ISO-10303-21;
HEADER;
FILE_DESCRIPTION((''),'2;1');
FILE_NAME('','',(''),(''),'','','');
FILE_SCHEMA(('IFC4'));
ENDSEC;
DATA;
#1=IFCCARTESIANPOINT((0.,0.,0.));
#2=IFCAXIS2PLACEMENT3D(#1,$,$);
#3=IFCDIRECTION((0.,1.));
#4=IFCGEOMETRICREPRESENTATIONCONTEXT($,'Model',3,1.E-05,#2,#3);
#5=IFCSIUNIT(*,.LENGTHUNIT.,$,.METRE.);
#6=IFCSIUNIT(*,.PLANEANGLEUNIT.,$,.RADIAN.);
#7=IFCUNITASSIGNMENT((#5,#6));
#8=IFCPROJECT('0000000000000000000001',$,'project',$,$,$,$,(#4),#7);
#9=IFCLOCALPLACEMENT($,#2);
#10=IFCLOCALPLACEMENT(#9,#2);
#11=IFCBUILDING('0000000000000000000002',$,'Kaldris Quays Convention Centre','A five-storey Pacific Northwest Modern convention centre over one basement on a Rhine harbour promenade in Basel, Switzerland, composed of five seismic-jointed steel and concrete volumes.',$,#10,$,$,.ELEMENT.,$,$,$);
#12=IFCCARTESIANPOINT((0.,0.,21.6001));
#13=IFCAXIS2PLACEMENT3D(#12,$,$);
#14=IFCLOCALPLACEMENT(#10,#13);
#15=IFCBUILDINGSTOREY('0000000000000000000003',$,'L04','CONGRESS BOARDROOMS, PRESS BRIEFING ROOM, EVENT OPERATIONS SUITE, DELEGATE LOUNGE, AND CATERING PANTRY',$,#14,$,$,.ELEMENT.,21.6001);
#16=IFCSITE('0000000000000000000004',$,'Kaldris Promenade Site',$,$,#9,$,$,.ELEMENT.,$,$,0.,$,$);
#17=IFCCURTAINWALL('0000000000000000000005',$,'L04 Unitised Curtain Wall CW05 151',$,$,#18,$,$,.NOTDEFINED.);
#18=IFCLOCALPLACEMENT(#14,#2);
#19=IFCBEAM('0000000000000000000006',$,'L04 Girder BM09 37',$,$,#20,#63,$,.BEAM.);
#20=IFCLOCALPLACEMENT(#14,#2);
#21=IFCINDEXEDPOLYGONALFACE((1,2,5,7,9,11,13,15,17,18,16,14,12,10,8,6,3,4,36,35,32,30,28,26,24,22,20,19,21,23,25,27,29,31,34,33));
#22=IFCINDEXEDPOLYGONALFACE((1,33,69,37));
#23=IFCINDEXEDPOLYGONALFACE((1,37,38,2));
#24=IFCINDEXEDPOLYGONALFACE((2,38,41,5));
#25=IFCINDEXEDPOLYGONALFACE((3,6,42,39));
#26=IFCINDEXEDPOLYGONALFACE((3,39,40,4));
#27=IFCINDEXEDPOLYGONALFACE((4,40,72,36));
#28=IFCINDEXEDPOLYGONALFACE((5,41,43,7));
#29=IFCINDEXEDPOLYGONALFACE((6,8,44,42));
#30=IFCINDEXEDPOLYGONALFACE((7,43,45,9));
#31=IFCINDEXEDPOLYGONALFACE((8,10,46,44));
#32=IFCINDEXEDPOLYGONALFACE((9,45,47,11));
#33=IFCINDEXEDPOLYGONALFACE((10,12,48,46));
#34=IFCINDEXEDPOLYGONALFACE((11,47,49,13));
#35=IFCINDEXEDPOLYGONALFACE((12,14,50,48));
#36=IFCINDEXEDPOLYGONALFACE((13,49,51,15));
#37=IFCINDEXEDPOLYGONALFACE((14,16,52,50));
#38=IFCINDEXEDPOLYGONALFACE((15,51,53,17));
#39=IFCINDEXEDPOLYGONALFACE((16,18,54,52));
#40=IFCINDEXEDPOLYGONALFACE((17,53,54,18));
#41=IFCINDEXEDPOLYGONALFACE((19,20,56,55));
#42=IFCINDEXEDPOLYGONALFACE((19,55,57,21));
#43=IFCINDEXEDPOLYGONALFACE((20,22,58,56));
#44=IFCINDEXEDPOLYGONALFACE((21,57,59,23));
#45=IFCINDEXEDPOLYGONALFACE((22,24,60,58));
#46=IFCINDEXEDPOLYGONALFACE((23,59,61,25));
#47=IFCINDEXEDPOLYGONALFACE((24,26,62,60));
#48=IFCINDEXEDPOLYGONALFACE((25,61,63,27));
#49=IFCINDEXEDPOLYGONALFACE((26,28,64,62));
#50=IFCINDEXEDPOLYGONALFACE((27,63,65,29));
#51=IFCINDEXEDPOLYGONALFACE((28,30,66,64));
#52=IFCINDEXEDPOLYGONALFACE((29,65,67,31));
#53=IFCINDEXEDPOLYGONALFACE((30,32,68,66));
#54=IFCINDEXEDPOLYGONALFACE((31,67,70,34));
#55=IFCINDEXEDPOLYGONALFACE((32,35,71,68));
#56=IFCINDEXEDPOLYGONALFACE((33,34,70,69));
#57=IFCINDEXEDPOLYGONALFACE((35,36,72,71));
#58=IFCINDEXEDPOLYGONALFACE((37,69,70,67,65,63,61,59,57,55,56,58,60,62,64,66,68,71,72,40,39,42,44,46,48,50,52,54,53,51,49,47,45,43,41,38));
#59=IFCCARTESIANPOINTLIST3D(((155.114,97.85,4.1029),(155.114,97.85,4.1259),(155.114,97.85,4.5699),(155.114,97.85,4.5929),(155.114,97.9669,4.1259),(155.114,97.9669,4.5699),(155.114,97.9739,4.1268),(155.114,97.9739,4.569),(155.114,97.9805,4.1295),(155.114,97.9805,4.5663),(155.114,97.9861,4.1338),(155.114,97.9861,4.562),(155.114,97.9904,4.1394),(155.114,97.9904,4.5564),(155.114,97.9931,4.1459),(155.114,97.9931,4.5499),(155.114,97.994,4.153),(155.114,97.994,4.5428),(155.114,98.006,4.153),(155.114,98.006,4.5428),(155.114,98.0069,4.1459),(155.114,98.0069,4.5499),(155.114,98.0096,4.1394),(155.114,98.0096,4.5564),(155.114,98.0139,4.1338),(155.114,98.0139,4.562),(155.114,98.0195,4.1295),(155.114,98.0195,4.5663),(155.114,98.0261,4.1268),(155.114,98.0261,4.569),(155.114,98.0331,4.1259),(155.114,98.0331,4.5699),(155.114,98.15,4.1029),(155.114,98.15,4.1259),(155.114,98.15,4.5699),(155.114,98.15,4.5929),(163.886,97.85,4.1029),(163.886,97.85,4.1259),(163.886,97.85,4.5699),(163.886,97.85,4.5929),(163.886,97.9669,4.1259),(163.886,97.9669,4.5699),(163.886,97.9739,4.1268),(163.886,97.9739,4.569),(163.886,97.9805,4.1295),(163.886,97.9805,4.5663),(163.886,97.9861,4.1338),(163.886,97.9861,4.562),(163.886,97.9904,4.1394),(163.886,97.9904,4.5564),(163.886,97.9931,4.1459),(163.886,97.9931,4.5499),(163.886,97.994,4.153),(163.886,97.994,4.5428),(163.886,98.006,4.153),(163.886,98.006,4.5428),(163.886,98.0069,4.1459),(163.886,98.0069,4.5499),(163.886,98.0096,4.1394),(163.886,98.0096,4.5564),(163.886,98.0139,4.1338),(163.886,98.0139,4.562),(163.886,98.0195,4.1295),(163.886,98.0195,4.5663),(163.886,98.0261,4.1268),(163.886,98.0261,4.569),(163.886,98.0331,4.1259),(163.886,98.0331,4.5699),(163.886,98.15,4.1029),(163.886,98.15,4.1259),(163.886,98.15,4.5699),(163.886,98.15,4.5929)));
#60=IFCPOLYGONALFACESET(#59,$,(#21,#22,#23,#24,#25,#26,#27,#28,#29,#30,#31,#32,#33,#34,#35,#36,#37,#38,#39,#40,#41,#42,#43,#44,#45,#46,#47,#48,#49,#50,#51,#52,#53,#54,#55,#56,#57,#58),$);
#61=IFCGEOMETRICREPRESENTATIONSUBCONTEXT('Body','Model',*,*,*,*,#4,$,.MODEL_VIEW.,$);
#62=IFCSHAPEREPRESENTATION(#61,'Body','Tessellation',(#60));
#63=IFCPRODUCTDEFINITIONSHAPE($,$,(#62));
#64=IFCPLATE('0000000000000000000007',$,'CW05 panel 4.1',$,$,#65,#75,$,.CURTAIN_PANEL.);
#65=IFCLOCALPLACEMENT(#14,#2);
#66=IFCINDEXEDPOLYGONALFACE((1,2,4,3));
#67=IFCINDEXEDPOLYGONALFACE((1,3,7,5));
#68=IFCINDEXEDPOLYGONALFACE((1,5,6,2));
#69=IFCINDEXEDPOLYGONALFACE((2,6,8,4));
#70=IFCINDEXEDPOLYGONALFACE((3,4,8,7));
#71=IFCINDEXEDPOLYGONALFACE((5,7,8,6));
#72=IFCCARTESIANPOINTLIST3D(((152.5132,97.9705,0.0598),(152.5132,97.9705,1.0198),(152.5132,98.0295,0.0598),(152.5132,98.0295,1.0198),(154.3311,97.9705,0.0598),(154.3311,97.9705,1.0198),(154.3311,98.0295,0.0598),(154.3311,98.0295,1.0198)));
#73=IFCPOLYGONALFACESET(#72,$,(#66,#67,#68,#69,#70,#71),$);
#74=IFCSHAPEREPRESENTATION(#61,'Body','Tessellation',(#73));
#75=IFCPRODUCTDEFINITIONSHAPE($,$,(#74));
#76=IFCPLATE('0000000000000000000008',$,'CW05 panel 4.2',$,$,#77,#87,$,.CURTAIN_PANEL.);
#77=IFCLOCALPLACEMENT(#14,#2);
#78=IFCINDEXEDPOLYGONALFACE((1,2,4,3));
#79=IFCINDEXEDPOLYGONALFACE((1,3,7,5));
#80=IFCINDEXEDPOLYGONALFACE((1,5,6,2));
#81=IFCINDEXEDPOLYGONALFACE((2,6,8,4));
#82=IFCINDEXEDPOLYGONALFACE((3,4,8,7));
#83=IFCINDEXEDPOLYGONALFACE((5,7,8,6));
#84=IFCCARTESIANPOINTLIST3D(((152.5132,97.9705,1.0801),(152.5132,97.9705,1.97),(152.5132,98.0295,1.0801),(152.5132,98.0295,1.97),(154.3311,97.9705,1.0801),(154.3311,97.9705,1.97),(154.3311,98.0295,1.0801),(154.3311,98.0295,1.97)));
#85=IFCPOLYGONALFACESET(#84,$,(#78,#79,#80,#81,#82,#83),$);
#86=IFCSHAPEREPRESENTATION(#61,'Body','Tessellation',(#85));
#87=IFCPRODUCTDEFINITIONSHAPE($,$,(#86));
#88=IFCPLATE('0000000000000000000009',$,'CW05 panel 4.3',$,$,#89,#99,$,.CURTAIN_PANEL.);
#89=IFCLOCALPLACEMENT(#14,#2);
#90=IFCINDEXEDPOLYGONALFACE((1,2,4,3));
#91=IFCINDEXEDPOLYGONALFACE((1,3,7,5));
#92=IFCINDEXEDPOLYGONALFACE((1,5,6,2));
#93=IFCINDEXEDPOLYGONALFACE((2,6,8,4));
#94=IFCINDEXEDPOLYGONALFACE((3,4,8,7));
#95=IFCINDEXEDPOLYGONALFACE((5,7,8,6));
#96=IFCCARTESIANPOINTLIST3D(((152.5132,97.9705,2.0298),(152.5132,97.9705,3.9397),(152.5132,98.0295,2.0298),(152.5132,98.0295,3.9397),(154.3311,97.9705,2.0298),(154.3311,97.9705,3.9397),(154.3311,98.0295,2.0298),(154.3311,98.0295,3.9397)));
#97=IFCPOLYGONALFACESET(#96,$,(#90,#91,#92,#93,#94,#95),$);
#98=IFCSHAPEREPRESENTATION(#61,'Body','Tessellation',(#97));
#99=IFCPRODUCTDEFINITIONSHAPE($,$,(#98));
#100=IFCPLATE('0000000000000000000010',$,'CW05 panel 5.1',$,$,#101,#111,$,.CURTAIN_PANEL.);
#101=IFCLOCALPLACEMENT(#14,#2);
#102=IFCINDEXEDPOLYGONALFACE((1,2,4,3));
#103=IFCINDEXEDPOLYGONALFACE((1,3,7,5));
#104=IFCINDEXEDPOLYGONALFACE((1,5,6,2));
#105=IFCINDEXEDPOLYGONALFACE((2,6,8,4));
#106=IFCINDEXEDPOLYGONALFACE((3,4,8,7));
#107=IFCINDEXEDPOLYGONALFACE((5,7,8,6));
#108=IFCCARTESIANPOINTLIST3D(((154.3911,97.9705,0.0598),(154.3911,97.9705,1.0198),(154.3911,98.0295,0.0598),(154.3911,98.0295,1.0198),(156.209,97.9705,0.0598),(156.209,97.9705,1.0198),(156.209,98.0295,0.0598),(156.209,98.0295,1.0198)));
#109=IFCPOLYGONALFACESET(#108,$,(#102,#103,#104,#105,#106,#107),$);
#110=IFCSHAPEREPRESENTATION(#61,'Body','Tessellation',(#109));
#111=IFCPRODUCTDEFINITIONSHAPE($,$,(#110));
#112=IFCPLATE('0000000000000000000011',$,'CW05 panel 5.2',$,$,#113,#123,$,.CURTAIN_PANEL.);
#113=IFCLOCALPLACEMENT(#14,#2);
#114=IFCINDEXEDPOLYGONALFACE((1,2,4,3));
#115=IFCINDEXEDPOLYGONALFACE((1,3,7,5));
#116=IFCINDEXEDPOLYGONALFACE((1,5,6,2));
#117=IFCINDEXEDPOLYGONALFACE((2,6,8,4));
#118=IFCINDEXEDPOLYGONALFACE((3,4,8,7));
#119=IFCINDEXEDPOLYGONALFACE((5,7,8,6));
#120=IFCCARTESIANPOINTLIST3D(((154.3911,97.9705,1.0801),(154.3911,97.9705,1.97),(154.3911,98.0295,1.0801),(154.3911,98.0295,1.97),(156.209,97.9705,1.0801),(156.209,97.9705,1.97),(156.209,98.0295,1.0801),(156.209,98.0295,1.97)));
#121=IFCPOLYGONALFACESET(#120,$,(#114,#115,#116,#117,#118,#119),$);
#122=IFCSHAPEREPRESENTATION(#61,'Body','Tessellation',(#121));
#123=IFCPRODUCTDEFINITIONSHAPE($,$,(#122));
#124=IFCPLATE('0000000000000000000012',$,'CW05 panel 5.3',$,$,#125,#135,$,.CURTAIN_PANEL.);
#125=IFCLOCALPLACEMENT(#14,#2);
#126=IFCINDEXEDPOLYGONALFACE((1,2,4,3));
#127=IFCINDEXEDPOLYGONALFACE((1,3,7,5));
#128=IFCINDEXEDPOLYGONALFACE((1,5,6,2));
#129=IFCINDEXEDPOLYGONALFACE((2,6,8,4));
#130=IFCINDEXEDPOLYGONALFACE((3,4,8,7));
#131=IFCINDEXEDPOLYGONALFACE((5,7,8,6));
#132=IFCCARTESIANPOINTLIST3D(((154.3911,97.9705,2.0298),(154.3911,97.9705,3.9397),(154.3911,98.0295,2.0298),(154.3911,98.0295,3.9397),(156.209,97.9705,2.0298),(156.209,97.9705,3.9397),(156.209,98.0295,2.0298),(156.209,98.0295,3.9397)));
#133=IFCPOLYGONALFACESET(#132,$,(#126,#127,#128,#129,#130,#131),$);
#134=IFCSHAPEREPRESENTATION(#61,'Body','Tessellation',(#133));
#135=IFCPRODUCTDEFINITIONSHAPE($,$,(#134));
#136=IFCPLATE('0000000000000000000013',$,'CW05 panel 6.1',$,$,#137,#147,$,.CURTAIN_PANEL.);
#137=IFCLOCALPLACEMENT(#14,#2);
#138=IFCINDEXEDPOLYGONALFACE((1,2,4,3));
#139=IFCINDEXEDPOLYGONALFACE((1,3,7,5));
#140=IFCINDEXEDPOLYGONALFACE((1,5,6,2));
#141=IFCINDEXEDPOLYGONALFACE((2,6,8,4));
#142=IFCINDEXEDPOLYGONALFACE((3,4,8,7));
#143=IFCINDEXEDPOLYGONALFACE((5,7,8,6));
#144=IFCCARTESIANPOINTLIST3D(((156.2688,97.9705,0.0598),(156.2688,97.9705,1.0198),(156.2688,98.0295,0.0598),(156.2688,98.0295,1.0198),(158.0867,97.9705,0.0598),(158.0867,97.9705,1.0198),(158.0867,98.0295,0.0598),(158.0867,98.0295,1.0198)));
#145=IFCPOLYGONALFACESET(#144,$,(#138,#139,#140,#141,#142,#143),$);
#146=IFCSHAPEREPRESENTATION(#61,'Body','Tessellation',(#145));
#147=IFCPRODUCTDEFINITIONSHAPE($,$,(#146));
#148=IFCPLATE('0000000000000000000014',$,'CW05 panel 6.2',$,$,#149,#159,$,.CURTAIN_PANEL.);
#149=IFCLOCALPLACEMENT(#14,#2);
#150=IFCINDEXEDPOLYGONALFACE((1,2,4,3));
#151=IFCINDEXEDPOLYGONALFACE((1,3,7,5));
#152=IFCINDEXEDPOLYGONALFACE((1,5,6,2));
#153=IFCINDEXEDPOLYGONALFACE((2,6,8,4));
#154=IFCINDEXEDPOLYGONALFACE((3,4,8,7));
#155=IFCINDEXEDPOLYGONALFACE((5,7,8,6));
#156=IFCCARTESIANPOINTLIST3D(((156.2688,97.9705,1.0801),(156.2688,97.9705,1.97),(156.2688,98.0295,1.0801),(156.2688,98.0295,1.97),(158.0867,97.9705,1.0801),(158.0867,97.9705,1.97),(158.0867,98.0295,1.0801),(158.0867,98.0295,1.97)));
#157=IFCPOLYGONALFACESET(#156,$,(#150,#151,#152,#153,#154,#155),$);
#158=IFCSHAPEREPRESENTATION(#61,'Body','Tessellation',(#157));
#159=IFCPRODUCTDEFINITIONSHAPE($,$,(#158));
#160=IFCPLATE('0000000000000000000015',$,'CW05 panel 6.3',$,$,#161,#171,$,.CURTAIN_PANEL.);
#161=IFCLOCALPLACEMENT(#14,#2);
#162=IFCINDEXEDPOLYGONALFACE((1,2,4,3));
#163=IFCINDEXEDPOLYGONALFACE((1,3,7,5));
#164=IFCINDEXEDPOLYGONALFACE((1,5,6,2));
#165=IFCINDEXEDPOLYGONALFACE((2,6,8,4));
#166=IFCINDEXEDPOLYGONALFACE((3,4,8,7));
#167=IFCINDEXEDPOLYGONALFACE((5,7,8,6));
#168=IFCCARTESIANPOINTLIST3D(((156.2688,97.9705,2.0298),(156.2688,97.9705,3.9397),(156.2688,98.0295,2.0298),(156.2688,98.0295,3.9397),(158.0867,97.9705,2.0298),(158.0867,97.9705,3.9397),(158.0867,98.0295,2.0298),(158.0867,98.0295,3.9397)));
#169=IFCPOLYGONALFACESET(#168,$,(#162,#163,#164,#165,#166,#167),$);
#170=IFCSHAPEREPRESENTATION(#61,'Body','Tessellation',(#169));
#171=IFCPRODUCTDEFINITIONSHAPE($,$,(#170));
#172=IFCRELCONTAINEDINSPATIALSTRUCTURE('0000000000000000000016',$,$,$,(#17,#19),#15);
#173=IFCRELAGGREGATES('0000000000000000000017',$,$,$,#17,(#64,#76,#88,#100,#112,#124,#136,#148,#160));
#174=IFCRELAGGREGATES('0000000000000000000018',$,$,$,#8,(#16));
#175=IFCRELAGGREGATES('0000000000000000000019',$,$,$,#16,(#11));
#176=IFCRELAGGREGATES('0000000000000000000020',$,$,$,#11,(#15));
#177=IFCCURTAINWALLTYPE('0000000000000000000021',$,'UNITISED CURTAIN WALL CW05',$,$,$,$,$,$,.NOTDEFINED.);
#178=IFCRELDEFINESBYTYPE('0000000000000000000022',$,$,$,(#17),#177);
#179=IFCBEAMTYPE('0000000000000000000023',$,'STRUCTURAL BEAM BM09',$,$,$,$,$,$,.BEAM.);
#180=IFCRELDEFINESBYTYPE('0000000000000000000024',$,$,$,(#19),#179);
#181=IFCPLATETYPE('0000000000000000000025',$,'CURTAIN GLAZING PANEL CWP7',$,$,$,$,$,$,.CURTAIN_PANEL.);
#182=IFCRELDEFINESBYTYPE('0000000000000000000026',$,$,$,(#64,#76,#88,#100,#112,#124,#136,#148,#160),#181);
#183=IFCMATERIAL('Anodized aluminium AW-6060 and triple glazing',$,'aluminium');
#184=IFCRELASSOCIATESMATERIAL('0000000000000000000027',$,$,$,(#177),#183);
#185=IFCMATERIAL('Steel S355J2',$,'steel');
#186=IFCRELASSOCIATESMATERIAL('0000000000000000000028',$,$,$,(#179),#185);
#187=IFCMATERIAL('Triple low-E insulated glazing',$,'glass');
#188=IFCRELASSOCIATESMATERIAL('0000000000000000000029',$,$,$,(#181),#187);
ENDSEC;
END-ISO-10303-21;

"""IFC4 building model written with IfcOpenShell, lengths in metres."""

from ifc_helpers import new_model, si_unit, direction, frame, origin, origin_2d, place, context, subcontext, project, spatial, rectangle, i_section, extrude, material, material_profile, profile_set, type_object, element, aggregate, save


model = new_model("IFC4")

# Units and contexts
model_context = context("Model", 3, precision=1e-05, world=origin(), true_north=direction((0.0, 1.0)))
body_context = subcontext(model_context, "Body", "Model", "MODEL_VIEW")
ifc_project = project(units=[si_unit("LENGTHUNIT", "METRE"), si_unit("PLANEANGLEUNIT", "RADIAN")], contexts=[model_context])

# Site, building, storey
site_placement = place(None, origin())
site = spatial("IfcSite", under=ifc_project, at=site_placement, Name="Kaldris Promenade Site", CompositionType="ELEMENT", RefElevation=0.0)
building_placement = place(site_placement, origin())
building = spatial("IfcBuilding", under=site, at=building_placement, Name="Kaldris Quays Convention Centre", Description="A five-storey Pacific Northwest Modern convention centre over one basement on a Rhine harbour promenade in Basel, Switzerland, composed of five seismic-jointed steel and concrete volumes.", CompositionType="ELEMENT")
storey_placement = place(building_placement, frame((0.0, 0.0, 21.6001)))
storey = spatial("IfcBuildingStorey", under=building, at=storey_placement, Name="L04", Description="CONGRESS BOARDROOMS, PRESS BRIEFING ROOM, EVENT OPERATIONS SUITE, DELEGATE LOUNGE, AND CATERING PANTRY", CompositionType="ELEMENT", Elevation=21.6001)

# Shared definitions
ifc_material_1 = material(Name="Steel S355J2", Category="steel")

# Curtain wall
ifc_material_2 = material(Name="Anodized aluminium AW-6060 and triple glazing", Category="aluminium")
curtain_wall_type = type_object("IfcCurtainWallType", Name="UNITISED CURTAIN WALL CW05", PredefinedType="NOTDEFINED", material=ifc_material_2)
curtain_wall_placement = place(storey_placement, origin())
curtain_wall = element("IfcCurtainWall", 1, at=curtain_wall_placement, inside=storey, type_object=curtain_wall_type, Name="L04 Unitised Curtain Wall CW05 151", PredefinedType="NOTDEFINED")

# Beam
ifc_material_profile_1 = material_profile(ifc_material_1, i_section(OverallWidth=0.3, OverallDepth=0.49, WebThickness=0.012, FlangeThickness=0.0229, FilletRadius=0.0271, at=origin_2d()), Name="HEA 500")
ifc_profile_set_1 = profile_set([ifc_material_profile_1], Name="Steel S355J2")
beam_type = type_object("IfcBeamType", Name="STRUCTURAL BEAM BM09", PredefinedType="BEAM", material=ifc_profile_set_1)
beam_placement = place(storey_placement, frame((155.114, 98.0, 4.3479), z_axis=(1.0, 0.0, 0.0), x_axis=(0.0, 1.0, 0.0)))
element("IfcBeam", 2, at=beam_placement, inside=storey, type_object=beam_type, Name="L04 Girder BM09 37", PredefinedType="BEAM", context=body_context, shape_type="SweptSolid", body=[
    extrude(i_section(OverallWidth=0.3, OverallDepth=0.49, WebThickness=0.012, FlangeThickness=0.0229, FilletRadius=0.0271, at=origin_2d()), origin(), (0.0, 0.0, 1.0), 8.772),
])

# Plates
ifc_material_3 = material(Name="Triple low-E insulated glazing", Category="glass")
plate_type = type_object("IfcPlateType", Name="CURTAIN GLAZING PANEL CWP7", PredefinedType="CURTAIN_PANEL", material=ifc_material_3)
plate_1_placement = place(storey_placement, frame((153.4221, 98.0, 0.0598), z_axis=(0.0, 0.0, 1.0), x_axis=(1.0, 0.0, 0.0)))
plate_1 = element("IfcPlate", 3, at=plate_1_placement, type_object=plate_type, Name="CW05 panel 4.1", PredefinedType="CURTAIN_PANEL", context=body_context, shape_type="SweptSolid", body=[
    extrude(rectangle(XDim=1.8179, YDim=0.0591, at=origin_2d()), origin(), (0.0, 0.0, 1.0), 0.96),
])
plate_2_placement = place(storey_placement, frame((153.4221, 98.0, 1.0801), z_axis=(0.0, 0.0, 1.0), x_axis=(1.0, 0.0, 0.0)))
plate_2 = element("IfcPlate", 4, at=plate_2_placement, type_object=plate_type, Name="CW05 panel 4.2", PredefinedType="CURTAIN_PANEL", context=body_context, shape_type="SweptSolid", body=[
    extrude(rectangle(XDim=1.8179, YDim=0.0591, at=origin_2d()), origin(), (0.0, 0.0, 1.0), 0.8899),
])
plate_3_placement = place(storey_placement, frame((153.4221, 98.0, 2.0298), z_axis=(0.0, 0.0, 1.0), x_axis=(1.0, 0.0, 0.0)))
plate_3 = element("IfcPlate", 5, at=plate_3_placement, type_object=plate_type, Name="CW05 panel 4.3", PredefinedType="CURTAIN_PANEL", context=body_context, shape_type="SweptSolid", body=[
    extrude(rectangle(XDim=1.8179, YDim=0.0591, at=origin_2d()), origin(), (0.0, 0.0, 1.0), 1.9099),
])
plate_4_placement = place(storey_placement, frame((155.3, 98.0, 0.0598), z_axis=(0.0, 0.0, 1.0), x_axis=(1.0, 0.0, 0.0)))
plate_4 = element("IfcPlate", 6, at=plate_4_placement, type_object=plate_type, Name="CW05 panel 5.1", PredefinedType="CURTAIN_PANEL", context=body_context, shape_type="SweptSolid", body=[
    extrude(rectangle(XDim=1.8179, YDim=0.0591, at=origin_2d()), origin(), (0.0, 0.0, 1.0), 0.96),
])
plate_5_placement = place(storey_placement, frame((155.3, 98.0, 1.0801), z_axis=(0.0, 0.0, 1.0), x_axis=(1.0, 0.0, 0.0)))
plate_5 = element("IfcPlate", 7, at=plate_5_placement, type_object=plate_type, Name="CW05 panel 5.2", PredefinedType="CURTAIN_PANEL", context=body_context, shape_type="SweptSolid", body=[
    extrude(rectangle(XDim=1.8179, YDim=0.0591, at=origin_2d()), origin(), (0.0, 0.0, 1.0), 0.8899),
])
plate_6_placement = place(storey_placement, frame((155.3, 98.0, 2.0298), z_axis=(0.0, 0.0, 1.0), x_axis=(1.0, 0.0, 0.0)))
plate_6 = element("IfcPlate", 8, at=plate_6_placement, type_object=plate_type, Name="CW05 panel 5.3", PredefinedType="CURTAIN_PANEL", context=body_context, shape_type="SweptSolid", body=[
    extrude(rectangle(XDim=1.8179, YDim=0.0591, at=origin_2d()), origin(), (0.0, 0.0, 1.0), 1.9099),
])
plate_7_placement = place(storey_placement, frame((157.1777, 98.0, 0.0598), z_axis=(0.0, 0.0, 1.0), x_axis=(1.0, 0.0, 0.0)))
plate_7 = element("IfcPlate", 9, at=plate_7_placement, type_object=plate_type, Name="CW05 panel 6.1", PredefinedType="CURTAIN_PANEL", context=body_context, shape_type="SweptSolid", body=[
    extrude(rectangle(XDim=1.8179, YDim=0.0591, at=origin_2d()), origin(), (0.0, 0.0, 1.0), 0.96),
])
plate_8_placement = place(storey_placement, frame((157.1777, 98.0, 1.0801), z_axis=(0.0, 0.0, 1.0), x_axis=(1.0, 0.0, 0.0)))
plate_8 = element("IfcPlate", 10, at=plate_8_placement, type_object=plate_type, Name="CW05 panel 6.2", PredefinedType="CURTAIN_PANEL", context=body_context, shape_type="SweptSolid", body=[
    extrude(rectangle(XDim=1.8179, YDim=0.0591, at=origin_2d()), origin(), (0.0, 0.0, 1.0), 0.8899),
])
plate_9_placement = place(storey_placement, frame((157.1777, 98.0, 2.0298), z_axis=(0.0, 0.0, 1.0), x_axis=(1.0, 0.0, 0.0)))
plate_9 = element("IfcPlate", 11, at=plate_9_placement, type_object=plate_type, Name="CW05 panel 6.3", PredefinedType="CURTAIN_PANEL", context=body_context, shape_type="SweptSolid", body=[
    extrude(rectangle(XDim=1.8179, YDim=0.0591, at=origin_2d()), origin(), (0.0, 0.0, 1.0), 1.9099),
])
aggregate(curtain_wall, [plate_1, plate_2, plate_3, plate_4, plate_5, plate_6, plate_7, plate_8, plate_9])

save(model, "model.ifc")
